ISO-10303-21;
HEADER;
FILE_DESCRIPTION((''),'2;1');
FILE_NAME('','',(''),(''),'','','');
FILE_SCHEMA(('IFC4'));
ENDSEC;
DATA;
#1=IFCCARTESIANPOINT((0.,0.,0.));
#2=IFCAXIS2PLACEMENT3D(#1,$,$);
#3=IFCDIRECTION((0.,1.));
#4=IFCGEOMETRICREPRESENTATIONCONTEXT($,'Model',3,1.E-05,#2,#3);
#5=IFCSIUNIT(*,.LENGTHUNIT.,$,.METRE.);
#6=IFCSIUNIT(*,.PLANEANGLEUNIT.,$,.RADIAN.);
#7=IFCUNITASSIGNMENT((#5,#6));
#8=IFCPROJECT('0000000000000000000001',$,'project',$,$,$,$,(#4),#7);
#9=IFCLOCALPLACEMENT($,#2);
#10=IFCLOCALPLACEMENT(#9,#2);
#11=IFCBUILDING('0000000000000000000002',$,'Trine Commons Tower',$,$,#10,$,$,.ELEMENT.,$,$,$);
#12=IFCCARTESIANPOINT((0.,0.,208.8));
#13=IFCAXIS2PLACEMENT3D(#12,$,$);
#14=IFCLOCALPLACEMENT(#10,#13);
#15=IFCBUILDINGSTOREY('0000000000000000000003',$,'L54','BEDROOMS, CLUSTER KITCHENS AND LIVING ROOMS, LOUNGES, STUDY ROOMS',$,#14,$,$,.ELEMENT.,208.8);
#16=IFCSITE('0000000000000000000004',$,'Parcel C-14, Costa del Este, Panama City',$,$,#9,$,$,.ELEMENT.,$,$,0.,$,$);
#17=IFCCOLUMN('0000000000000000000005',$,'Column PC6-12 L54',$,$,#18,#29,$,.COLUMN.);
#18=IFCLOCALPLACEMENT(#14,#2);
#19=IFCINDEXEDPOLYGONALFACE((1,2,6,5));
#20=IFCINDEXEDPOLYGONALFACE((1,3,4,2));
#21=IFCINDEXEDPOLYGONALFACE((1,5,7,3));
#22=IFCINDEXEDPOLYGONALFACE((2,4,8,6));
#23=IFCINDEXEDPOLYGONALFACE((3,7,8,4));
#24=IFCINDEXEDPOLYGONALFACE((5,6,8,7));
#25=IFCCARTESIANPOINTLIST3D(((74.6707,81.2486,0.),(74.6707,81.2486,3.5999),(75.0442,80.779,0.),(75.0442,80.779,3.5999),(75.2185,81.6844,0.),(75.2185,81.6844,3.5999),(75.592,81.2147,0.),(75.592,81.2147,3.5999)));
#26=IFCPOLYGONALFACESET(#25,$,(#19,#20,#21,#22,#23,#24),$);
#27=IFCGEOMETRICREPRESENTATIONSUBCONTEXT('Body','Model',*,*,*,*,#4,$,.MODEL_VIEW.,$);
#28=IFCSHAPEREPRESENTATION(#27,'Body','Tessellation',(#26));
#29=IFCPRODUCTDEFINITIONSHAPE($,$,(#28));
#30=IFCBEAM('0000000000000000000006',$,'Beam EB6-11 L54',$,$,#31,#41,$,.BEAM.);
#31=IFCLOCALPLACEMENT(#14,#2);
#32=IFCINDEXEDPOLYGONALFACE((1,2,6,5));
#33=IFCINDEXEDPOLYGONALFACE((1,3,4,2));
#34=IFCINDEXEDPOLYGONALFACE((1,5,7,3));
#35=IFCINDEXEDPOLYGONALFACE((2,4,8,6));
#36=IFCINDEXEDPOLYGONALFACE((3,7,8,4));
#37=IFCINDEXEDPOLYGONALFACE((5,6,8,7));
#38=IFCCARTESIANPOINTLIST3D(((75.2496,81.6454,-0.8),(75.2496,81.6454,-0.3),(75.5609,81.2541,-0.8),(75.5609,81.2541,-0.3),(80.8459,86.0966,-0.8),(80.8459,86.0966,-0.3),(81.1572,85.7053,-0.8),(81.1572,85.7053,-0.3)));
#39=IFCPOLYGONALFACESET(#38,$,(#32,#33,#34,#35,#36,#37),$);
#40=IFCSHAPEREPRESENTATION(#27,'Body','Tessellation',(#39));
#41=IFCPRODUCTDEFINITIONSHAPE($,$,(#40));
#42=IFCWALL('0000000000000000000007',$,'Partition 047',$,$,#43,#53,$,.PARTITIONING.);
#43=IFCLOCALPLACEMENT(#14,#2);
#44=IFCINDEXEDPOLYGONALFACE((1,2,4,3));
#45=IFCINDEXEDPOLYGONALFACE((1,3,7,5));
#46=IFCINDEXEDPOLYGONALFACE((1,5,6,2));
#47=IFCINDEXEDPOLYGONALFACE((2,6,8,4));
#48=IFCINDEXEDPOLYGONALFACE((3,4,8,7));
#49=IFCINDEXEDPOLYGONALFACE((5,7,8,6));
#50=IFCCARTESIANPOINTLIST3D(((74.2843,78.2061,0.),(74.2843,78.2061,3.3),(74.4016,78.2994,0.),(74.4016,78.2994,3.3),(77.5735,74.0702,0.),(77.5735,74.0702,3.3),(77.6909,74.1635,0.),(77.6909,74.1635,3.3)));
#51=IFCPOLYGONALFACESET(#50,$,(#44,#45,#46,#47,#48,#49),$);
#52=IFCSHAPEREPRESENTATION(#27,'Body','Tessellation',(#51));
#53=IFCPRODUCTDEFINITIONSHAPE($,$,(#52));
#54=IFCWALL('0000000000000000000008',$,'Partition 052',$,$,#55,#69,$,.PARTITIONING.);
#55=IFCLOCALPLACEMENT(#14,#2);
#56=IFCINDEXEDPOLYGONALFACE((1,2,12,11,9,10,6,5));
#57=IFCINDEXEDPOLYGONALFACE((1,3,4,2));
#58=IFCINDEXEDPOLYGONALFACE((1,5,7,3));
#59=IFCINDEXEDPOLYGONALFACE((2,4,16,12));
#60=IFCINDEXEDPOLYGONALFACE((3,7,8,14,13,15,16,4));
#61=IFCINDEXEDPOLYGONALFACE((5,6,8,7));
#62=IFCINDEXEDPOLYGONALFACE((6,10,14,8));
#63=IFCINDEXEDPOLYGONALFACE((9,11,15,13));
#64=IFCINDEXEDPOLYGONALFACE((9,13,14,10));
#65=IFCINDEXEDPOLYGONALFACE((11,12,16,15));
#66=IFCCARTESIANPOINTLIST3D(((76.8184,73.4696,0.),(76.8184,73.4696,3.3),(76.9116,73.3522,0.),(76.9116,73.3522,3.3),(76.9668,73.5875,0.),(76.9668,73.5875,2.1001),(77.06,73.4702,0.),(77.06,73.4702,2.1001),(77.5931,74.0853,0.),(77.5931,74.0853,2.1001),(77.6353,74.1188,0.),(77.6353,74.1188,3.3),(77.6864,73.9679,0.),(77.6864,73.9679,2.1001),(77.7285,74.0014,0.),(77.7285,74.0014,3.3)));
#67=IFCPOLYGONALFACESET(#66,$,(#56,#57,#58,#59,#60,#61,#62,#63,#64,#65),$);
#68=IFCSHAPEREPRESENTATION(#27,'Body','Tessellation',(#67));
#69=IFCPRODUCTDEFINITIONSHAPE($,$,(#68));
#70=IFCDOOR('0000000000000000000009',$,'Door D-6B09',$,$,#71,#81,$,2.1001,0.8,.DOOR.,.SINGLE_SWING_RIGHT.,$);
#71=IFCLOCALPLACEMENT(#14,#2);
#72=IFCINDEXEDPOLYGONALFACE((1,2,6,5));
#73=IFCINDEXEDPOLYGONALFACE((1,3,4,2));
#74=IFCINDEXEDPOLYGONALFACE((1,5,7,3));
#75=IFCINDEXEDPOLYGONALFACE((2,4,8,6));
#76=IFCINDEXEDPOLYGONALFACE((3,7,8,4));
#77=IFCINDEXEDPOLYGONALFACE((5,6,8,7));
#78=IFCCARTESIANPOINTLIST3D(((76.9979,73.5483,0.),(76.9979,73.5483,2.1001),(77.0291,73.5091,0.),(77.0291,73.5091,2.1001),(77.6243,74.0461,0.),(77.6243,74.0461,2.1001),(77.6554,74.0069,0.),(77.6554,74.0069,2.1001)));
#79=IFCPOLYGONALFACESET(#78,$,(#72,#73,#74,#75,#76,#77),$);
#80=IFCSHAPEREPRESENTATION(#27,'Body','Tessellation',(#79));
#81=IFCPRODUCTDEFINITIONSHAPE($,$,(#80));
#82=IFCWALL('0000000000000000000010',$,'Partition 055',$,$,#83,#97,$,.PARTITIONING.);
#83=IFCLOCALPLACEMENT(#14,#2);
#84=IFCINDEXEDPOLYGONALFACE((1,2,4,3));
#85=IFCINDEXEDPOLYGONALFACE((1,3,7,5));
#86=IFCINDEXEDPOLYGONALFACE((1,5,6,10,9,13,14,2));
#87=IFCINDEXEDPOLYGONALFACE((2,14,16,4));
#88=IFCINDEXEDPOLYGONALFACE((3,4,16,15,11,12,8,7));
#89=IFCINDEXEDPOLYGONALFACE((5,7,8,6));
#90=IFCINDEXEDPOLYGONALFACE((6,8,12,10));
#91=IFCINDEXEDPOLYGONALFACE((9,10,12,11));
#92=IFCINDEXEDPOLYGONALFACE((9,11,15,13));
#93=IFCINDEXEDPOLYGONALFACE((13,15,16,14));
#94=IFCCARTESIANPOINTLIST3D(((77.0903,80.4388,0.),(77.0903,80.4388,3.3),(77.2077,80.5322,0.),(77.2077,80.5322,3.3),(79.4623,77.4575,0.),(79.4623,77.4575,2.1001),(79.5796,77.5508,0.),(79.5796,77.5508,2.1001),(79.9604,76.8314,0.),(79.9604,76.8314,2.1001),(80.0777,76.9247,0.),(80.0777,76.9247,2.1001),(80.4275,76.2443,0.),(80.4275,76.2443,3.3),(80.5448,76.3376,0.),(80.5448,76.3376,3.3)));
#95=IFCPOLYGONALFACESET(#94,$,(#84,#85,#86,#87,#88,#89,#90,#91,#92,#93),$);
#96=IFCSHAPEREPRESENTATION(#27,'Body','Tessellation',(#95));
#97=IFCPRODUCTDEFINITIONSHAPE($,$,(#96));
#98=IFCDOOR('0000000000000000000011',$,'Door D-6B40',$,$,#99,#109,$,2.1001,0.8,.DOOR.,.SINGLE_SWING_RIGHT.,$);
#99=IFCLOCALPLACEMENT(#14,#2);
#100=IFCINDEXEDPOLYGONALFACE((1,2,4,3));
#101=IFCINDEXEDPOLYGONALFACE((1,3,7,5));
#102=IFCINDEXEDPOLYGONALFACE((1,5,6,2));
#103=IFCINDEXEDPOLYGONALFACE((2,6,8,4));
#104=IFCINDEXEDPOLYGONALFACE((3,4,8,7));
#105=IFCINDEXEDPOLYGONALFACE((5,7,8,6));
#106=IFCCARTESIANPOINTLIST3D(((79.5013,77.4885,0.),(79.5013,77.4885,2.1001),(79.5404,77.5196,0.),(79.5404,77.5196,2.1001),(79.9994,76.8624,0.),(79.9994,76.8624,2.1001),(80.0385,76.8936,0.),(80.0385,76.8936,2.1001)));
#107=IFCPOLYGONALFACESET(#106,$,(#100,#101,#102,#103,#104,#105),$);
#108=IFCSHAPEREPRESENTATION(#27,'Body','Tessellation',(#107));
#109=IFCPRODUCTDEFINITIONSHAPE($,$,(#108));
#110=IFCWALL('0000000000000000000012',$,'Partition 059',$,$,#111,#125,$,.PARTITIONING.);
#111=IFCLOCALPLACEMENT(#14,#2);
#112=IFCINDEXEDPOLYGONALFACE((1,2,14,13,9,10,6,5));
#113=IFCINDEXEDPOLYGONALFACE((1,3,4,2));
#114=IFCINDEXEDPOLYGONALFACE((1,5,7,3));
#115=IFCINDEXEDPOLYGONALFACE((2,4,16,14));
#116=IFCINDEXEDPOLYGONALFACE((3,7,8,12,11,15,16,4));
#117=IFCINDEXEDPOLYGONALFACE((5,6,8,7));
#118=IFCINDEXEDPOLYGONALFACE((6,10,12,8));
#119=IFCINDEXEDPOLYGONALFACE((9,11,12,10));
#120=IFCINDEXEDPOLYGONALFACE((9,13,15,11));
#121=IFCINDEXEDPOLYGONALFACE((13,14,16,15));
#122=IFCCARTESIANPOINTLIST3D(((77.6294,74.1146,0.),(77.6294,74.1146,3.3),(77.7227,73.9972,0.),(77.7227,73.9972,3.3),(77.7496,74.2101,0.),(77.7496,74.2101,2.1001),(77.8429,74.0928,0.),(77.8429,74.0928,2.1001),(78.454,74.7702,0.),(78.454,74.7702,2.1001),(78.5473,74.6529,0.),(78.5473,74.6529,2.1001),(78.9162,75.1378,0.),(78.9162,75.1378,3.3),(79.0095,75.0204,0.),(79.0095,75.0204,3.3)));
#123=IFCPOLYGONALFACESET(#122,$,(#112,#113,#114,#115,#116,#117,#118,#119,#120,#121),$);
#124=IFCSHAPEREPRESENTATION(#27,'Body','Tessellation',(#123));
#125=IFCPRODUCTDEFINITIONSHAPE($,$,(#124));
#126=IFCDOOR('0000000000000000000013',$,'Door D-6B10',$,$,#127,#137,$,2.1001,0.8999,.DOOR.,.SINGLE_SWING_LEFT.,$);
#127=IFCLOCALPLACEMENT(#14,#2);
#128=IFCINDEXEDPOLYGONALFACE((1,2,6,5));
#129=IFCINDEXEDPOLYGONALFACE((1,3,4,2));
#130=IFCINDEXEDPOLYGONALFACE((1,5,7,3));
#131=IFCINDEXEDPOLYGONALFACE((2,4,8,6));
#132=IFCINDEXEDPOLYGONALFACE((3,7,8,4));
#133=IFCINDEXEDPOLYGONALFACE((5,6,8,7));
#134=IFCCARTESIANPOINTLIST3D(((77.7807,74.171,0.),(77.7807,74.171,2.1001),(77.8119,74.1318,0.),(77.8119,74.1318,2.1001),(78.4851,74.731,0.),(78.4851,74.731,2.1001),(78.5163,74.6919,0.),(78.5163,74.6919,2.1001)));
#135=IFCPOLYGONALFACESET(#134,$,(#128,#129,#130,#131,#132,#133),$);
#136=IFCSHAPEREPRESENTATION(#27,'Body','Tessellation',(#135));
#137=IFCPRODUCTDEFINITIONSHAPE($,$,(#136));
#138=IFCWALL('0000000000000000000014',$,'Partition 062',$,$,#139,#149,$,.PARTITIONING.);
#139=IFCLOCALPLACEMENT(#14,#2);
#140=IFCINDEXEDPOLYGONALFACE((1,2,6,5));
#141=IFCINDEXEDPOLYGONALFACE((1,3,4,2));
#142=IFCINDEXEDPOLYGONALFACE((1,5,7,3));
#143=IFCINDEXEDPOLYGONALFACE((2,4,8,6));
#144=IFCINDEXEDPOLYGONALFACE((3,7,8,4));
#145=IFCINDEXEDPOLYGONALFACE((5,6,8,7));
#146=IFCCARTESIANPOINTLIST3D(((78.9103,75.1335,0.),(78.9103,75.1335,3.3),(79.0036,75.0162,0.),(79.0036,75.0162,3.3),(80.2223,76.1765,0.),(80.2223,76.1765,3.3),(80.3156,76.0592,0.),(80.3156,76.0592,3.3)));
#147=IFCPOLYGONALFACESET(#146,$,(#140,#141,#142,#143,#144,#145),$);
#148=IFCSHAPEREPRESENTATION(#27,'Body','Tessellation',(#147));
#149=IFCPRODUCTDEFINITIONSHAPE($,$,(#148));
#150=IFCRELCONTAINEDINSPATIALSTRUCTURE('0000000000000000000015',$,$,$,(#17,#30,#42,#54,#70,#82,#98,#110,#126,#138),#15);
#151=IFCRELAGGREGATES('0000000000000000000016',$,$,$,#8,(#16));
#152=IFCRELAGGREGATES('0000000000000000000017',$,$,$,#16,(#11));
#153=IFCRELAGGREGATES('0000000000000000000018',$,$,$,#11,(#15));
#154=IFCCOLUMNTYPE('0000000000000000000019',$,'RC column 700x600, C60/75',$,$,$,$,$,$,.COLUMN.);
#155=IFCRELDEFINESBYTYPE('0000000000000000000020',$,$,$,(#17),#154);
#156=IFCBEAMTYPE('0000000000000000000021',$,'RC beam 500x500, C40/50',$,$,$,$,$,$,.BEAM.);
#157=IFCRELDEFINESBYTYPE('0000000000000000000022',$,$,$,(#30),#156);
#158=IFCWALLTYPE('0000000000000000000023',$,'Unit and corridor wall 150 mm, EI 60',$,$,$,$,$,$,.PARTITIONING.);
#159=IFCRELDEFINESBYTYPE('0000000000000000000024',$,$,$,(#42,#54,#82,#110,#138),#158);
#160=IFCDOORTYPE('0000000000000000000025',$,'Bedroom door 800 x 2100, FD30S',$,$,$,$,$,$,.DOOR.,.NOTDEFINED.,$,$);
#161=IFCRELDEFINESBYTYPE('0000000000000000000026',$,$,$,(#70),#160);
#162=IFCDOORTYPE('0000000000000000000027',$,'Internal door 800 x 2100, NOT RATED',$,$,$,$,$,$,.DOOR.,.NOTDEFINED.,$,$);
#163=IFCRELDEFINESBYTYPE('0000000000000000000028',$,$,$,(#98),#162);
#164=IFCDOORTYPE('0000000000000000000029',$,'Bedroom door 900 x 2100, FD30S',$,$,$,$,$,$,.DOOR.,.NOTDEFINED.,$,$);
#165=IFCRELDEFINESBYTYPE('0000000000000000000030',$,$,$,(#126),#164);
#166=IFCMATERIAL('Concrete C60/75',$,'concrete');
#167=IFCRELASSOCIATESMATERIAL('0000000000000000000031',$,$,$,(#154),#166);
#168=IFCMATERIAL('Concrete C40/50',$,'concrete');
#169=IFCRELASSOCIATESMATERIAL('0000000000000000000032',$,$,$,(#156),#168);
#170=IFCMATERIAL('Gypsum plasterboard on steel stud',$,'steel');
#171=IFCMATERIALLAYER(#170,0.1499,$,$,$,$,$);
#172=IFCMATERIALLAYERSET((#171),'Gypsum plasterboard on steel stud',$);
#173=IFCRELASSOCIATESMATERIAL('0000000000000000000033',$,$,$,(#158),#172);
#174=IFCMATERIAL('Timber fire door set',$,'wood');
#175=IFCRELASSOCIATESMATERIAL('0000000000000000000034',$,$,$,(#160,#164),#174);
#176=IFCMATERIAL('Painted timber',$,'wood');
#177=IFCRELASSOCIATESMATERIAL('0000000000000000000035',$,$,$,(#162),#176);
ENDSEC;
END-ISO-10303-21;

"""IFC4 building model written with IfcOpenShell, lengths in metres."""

from ifc_helpers import new_model, si_unit, direction, frame, frame_2d, origin, origin_2d, place, context, subcontext, project, spatial, rectangle, extrude, material, layer, layer_set, material_profile, profile_set, type_object, element, fill, save


model = new_model("IFC4")

# Units and contexts
model_context = context("Model", 3, precision=1e-05, world=origin(), true_north=direction((0.0, 1.0)))
body_context = subcontext(model_context, "Body", "Model", "MODEL_VIEW")
ifc_project = project(units=[si_unit("LENGTHUNIT", "METRE"), si_unit("PLANEANGLEUNIT", "RADIAN")], contexts=[model_context])

# Site, building, storey
site_placement = place(None, origin())
site = spatial("IfcSite", under=ifc_project, at=site_placement, Name="Parcel C-14, Costa del Este, Panama City", CompositionType="ELEMENT", RefElevation=0.0)
building_placement = place(site_placement, origin())
building = spatial("IfcBuilding", under=site, at=building_placement, Name="Trine Commons Tower", CompositionType="ELEMENT")
storey_placement = place(building_placement, frame((0.0, 0.0, 208.8)))
storey = spatial("IfcBuildingStorey", under=building, at=storey_placement, Name="L54", Description="BEDROOMS, CLUSTER KITCHENS AND LIVING ROOMS, LOUNGES, STUDY ROOMS", CompositionType="ELEMENT", Elevation=208.8)

# Column
ifc_material_1 = material(Name="Concrete C60/75", Category="concrete")
ifc_material_profile_1 = material_profile(ifc_material_1, rectangle(XDim=0.7, YDim=0.6001, at=origin_2d()), Name="RC 700x600")
ifc_profile_set_1 = profile_set([ifc_material_profile_1], Name="Concrete C60/75")
column_type = type_object("IfcColumnType", Name="RC column 700x600, C60/75", PredefinedType="COLUMN", material=ifc_profile_set_1)
column_placement = place(storey_placement, frame((75.1313, 81.2317, 0.0), z_axis=(0.0, 0.0, 1.0), x_axis=(0.782608, 0.622515, 0.0)))
element("IfcColumn", 1, at=column_placement, inside=storey, type_object=column_type, Name="Column PC6-12 L54", PredefinedType="COLUMN", context=body_context, shape_type="SweptSolid", body=[
    extrude(rectangle(XDim=0.7, YDim=0.6001, at=origin_2d()), origin(), (0.0, 0.0, 1.0), 3.5999),
])

# Beam
ifc_material_2 = material(Name="Concrete C40/50", Category="concrete")
ifc_material_profile_2 = material_profile(ifc_material_2, rectangle(XDim=0.5, YDim=0.5, at=origin_2d()), Name="RC 500x500")
ifc_profile_set_2 = profile_set([ifc_material_profile_2], Name="Concrete C40/50")
beam_type = type_object("IfcBeamType", Name="RC beam 500x500, C40/50", PredefinedType="BEAM", material=ifc_profile_set_2)
beam_placement = place(storey_placement, frame((75.4053, 81.4497, -0.55), z_axis=(0.782624, 0.622494, 0.0), x_axis=(-0.622494, 0.782624, 0.0)))
element("IfcBeam", 2, at=beam_placement, inside=storey, type_object=beam_type, Name="Beam EB6-11 L54", PredefinedType="BEAM", context=body_context, shape_type="SweptSolid", body=[
    extrude(rectangle(XDim=0.5, YDim=0.5, at=origin_2d()), origin(), (0.0, 0.0, 1.0), 7.1506),
])

# Wall
ifc_material_3 = material(Name="Gypsum plasterboard on steel stud", Category="steel")
ifc_layer_1 = layer(ifc_material_3, 0.1499)
ifc_layer_set_1 = layer_set([ifc_layer_1], Name="Gypsum plasterboard on steel stud")
wall_type_1 = type_object("IfcWallType", Name="Unit and corridor wall 150 mm, EI 60", PredefinedType="PARTITIONING", material=ifc_layer_set_1)
wall_1_placement = place(storey_placement, frame((74.343, 78.2527, 0.0), z_axis=(0.0, 0.0, 1.0), x_axis=(0.622444, -0.782664, 0.0)))
element("IfcWall", 3, at=wall_1_placement, inside=storey, type_object=wall_type_1, Name="Partition 047", PredefinedType="PARTITIONING", context=body_context, shape_type="SweptSolid", body=[
    extrude(rectangle(XDim=5.2844, YDim=0.1499, at=frame_2d((2.6421, 0.0))), origin(), (0.0, 0.0, 1.0), 3.3),
])

# Walls, openings, doors
wall_2_placement = place(storey_placement, frame((76.865, 73.4109, 0.0), z_axis=(0.0, 0.0, 1.0), x_axis=(0.782896, 0.622152, 0.0)))
wall_2 = element("IfcWall", 4, at=wall_2_placement, inside=storey, type_object=wall_type_1, Name="Partition 052", PredefinedType="PARTITIONING", context=body_context, shape_type="SweptSolid", body=[
    extrude(rectangle(XDim=1.0435, YDim=0.1499, at=frame_2d((0.5217, 0.0))), origin(), (0.0, 0.0, 1.0), 3.3),
])
opening_1_placement = place(wall_2_placement, frame((0.1897, 0.0, 0.0)))
opening_1 = element("IfcOpeningElement", 5, at=opening_1_placement, cuts=wall_2, PredefinedType="OPENING", context=body_context, shape_type="SweptSolid", body=[
    extrude(rectangle(XDim=0.8, YDim=2.1001, at=frame_2d((0.3999, 1.05))), frame((0.0, 0.085, 0.0), z_axis=(0.0, -1.0, 0.0), x_axis=(1.0, 0.0, 0.0)), (0.0, 0.0, 1.0), 0.1699),
])
ifc_material_4 = material(Name="Timber fire door set", Category="wood")
door_type_1 = type_object("IfcDoorType", Name="Bedroom door 800 x 2100, FD30S", OperationType="NOTDEFINED", PredefinedType="DOOR", material=ifc_material_4)
door_1_placement = place(opening_1_placement, origin())
door_1 = element("IfcDoor", 6, at=door_1_placement, inside=storey, type_object=door_type_1, Name="Door D-6B09", OperationType="SINGLE_SWING_RIGHT", OverallHeight=2.1001, OverallWidth=0.8, PredefinedType="DOOR", context=body_context, shape_type="SweptSolid", body=[
    extrude(rectangle(XDim=0.8, YDim=2.1001, at=frame_2d((0.3999, 1.05))), frame((0.0, 0.0249, 0.0), z_axis=(0.0, -1.0, 0.0), x_axis=(1.0, 0.0, 0.0)), (0.0, 0.0, 1.0), 0.05),
])
fill(opening_1, door_1)
wall_3_placement = place(storey_placement, frame((77.1489, 80.4856, 0.0), z_axis=(0.0, 0.0, 1.0), x_axis=(0.622588, -0.78255, 0.0)))
wall_3 = element("IfcWall", 7, at=wall_3_placement, inside=storey, type_object=wall_type_1, Name="Partition 055", PredefinedType="PARTITIONING", context=body_context, shape_type="SweptSolid", body=[
    extrude(rectangle(XDim=5.3601, YDim=0.1499, at=frame_2d((2.6802, 0.0))), origin(), (0.0, 0.0, 1.0), 3.3),
])
opening_2_placement = place(wall_3_placement, frame((3.8101, 0.0, 0.0)))
opening_2 = element("IfcOpeningElement", 8, at=opening_2_placement, cuts=wall_3, PredefinedType="OPENING", context=body_context, shape_type="SweptSolid", body=[
    extrude(rectangle(XDim=0.8, YDim=2.1001, at=frame_2d((0.3999, 1.05))), frame((0.0, 0.085, 0.0), z_axis=(0.0, -1.0, 0.0), x_axis=(1.0, 0.0, 0.0)), (0.0, 0.0, 1.0), 0.1699),
])
ifc_material_5 = material(Name="Painted timber", Category="wood")
door_type_2 = type_object("IfcDoorType", Name="Internal door 800 x 2100, NOT RATED", OperationType="NOTDEFINED", PredefinedType="DOOR", material=ifc_material_5)
door_2_placement = place(opening_2_placement, origin())
door_2 = element("IfcDoor", 9, at=door_2_placement, inside=storey, type_object=door_type_2, Name="Door D-6B40", OperationType="SINGLE_SWING_RIGHT", OverallHeight=2.1001, OverallWidth=0.8, PredefinedType="DOOR", context=body_context, shape_type="SweptSolid", body=[
    extrude(rectangle(XDim=0.8, YDim=2.1001, at=frame_2d((0.3999, 1.05))), frame((0.0, 0.0249, 0.0), z_axis=(0.0, -1.0, 0.0), x_axis=(1.0, 0.0, 0.0)), (0.0, 0.0, 1.0), 0.05),
])
fill(opening_2, door_2)
wall_4_placement = place(storey_placement, frame((77.676, 74.0559, 0.0), z_axis=(0.0, 0.0, 1.0), x_axis=(0.782734, 0.622356, 0.0)))
wall_4 = element("IfcWall", 10, at=wall_4_placement, inside=storey, type_object=wall_type_1, Name="Partition 059", PredefinedType="PARTITIONING", context=body_context, shape_type="SweptSolid", body=[
    extrude(rectangle(XDim=1.644, YDim=0.1499, at=frame_2d((0.822, 0.0))), origin(), (0.0, 0.0, 1.0), 3.3),
])
opening_3_placement = place(wall_4_placement, frame((0.1536, 0.0, 0.0)))
opening_3 = element("IfcOpeningElement", 11, at=opening_3_placement, cuts=wall_4, PredefinedType="OPENING", context=body_context, shape_type="SweptSolid", body=[
    extrude(rectangle(XDim=0.8999, YDim=2.1001, at=frame_2d((0.45, 1.05))), frame((0.0, 0.085, 0.0), z_axis=(0.0, -1.0, 0.0), x_axis=(1.0, 0.0, 0.0)), (0.0, 0.0, 1.0), 0.1699),
])
door_type_3 = type_object("IfcDoorType", Name="Bedroom door 900 x 2100, FD30S", OperationType="NOTDEFINED", PredefinedType="DOOR", material=ifc_material_4)
door_3_placement = place(opening_3_placement, origin())
door_3 = element("IfcDoor", 12, at=door_3_placement, inside=storey, type_object=door_type_3, Name="Door D-6B10", OperationType="SINGLE_SWING_LEFT", OverallHeight=2.1001, OverallWidth=0.8999, PredefinedType="DOOR", context=body_context, shape_type="SweptSolid", body=[
    extrude(rectangle(XDim=0.8999, YDim=2.1001, at=frame_2d((0.45, 1.05))), frame((0.0, 0.0249, 0.0), z_axis=(0.0, -1.0, 0.0), x_axis=(1.0, 0.0, 0.0)), (0.0, 0.0, 1.0), 0.05),
])
fill(opening_3, door_3)

# Wall
wall_5_placement = place(storey_placement, frame((78.957, 75.075, 0.0), z_axis=(0.0, 0.0, 1.0), x_axis=(0.782798, 0.622276, 0.0)))
element("IfcWall", 13, at=wall_5_placement, inside=storey, type_object=wall_type_1, Name="Partition 062", PredefinedType="PARTITIONING", context=body_context, shape_type="SweptSolid", body=[
    extrude(rectangle(XDim=1.676, YDim=0.1499, at=frame_2d((0.8379, 0.0))), origin(), (0.0, 0.0, 1.0), 3.3),
])

save(model, "model.ifc")
